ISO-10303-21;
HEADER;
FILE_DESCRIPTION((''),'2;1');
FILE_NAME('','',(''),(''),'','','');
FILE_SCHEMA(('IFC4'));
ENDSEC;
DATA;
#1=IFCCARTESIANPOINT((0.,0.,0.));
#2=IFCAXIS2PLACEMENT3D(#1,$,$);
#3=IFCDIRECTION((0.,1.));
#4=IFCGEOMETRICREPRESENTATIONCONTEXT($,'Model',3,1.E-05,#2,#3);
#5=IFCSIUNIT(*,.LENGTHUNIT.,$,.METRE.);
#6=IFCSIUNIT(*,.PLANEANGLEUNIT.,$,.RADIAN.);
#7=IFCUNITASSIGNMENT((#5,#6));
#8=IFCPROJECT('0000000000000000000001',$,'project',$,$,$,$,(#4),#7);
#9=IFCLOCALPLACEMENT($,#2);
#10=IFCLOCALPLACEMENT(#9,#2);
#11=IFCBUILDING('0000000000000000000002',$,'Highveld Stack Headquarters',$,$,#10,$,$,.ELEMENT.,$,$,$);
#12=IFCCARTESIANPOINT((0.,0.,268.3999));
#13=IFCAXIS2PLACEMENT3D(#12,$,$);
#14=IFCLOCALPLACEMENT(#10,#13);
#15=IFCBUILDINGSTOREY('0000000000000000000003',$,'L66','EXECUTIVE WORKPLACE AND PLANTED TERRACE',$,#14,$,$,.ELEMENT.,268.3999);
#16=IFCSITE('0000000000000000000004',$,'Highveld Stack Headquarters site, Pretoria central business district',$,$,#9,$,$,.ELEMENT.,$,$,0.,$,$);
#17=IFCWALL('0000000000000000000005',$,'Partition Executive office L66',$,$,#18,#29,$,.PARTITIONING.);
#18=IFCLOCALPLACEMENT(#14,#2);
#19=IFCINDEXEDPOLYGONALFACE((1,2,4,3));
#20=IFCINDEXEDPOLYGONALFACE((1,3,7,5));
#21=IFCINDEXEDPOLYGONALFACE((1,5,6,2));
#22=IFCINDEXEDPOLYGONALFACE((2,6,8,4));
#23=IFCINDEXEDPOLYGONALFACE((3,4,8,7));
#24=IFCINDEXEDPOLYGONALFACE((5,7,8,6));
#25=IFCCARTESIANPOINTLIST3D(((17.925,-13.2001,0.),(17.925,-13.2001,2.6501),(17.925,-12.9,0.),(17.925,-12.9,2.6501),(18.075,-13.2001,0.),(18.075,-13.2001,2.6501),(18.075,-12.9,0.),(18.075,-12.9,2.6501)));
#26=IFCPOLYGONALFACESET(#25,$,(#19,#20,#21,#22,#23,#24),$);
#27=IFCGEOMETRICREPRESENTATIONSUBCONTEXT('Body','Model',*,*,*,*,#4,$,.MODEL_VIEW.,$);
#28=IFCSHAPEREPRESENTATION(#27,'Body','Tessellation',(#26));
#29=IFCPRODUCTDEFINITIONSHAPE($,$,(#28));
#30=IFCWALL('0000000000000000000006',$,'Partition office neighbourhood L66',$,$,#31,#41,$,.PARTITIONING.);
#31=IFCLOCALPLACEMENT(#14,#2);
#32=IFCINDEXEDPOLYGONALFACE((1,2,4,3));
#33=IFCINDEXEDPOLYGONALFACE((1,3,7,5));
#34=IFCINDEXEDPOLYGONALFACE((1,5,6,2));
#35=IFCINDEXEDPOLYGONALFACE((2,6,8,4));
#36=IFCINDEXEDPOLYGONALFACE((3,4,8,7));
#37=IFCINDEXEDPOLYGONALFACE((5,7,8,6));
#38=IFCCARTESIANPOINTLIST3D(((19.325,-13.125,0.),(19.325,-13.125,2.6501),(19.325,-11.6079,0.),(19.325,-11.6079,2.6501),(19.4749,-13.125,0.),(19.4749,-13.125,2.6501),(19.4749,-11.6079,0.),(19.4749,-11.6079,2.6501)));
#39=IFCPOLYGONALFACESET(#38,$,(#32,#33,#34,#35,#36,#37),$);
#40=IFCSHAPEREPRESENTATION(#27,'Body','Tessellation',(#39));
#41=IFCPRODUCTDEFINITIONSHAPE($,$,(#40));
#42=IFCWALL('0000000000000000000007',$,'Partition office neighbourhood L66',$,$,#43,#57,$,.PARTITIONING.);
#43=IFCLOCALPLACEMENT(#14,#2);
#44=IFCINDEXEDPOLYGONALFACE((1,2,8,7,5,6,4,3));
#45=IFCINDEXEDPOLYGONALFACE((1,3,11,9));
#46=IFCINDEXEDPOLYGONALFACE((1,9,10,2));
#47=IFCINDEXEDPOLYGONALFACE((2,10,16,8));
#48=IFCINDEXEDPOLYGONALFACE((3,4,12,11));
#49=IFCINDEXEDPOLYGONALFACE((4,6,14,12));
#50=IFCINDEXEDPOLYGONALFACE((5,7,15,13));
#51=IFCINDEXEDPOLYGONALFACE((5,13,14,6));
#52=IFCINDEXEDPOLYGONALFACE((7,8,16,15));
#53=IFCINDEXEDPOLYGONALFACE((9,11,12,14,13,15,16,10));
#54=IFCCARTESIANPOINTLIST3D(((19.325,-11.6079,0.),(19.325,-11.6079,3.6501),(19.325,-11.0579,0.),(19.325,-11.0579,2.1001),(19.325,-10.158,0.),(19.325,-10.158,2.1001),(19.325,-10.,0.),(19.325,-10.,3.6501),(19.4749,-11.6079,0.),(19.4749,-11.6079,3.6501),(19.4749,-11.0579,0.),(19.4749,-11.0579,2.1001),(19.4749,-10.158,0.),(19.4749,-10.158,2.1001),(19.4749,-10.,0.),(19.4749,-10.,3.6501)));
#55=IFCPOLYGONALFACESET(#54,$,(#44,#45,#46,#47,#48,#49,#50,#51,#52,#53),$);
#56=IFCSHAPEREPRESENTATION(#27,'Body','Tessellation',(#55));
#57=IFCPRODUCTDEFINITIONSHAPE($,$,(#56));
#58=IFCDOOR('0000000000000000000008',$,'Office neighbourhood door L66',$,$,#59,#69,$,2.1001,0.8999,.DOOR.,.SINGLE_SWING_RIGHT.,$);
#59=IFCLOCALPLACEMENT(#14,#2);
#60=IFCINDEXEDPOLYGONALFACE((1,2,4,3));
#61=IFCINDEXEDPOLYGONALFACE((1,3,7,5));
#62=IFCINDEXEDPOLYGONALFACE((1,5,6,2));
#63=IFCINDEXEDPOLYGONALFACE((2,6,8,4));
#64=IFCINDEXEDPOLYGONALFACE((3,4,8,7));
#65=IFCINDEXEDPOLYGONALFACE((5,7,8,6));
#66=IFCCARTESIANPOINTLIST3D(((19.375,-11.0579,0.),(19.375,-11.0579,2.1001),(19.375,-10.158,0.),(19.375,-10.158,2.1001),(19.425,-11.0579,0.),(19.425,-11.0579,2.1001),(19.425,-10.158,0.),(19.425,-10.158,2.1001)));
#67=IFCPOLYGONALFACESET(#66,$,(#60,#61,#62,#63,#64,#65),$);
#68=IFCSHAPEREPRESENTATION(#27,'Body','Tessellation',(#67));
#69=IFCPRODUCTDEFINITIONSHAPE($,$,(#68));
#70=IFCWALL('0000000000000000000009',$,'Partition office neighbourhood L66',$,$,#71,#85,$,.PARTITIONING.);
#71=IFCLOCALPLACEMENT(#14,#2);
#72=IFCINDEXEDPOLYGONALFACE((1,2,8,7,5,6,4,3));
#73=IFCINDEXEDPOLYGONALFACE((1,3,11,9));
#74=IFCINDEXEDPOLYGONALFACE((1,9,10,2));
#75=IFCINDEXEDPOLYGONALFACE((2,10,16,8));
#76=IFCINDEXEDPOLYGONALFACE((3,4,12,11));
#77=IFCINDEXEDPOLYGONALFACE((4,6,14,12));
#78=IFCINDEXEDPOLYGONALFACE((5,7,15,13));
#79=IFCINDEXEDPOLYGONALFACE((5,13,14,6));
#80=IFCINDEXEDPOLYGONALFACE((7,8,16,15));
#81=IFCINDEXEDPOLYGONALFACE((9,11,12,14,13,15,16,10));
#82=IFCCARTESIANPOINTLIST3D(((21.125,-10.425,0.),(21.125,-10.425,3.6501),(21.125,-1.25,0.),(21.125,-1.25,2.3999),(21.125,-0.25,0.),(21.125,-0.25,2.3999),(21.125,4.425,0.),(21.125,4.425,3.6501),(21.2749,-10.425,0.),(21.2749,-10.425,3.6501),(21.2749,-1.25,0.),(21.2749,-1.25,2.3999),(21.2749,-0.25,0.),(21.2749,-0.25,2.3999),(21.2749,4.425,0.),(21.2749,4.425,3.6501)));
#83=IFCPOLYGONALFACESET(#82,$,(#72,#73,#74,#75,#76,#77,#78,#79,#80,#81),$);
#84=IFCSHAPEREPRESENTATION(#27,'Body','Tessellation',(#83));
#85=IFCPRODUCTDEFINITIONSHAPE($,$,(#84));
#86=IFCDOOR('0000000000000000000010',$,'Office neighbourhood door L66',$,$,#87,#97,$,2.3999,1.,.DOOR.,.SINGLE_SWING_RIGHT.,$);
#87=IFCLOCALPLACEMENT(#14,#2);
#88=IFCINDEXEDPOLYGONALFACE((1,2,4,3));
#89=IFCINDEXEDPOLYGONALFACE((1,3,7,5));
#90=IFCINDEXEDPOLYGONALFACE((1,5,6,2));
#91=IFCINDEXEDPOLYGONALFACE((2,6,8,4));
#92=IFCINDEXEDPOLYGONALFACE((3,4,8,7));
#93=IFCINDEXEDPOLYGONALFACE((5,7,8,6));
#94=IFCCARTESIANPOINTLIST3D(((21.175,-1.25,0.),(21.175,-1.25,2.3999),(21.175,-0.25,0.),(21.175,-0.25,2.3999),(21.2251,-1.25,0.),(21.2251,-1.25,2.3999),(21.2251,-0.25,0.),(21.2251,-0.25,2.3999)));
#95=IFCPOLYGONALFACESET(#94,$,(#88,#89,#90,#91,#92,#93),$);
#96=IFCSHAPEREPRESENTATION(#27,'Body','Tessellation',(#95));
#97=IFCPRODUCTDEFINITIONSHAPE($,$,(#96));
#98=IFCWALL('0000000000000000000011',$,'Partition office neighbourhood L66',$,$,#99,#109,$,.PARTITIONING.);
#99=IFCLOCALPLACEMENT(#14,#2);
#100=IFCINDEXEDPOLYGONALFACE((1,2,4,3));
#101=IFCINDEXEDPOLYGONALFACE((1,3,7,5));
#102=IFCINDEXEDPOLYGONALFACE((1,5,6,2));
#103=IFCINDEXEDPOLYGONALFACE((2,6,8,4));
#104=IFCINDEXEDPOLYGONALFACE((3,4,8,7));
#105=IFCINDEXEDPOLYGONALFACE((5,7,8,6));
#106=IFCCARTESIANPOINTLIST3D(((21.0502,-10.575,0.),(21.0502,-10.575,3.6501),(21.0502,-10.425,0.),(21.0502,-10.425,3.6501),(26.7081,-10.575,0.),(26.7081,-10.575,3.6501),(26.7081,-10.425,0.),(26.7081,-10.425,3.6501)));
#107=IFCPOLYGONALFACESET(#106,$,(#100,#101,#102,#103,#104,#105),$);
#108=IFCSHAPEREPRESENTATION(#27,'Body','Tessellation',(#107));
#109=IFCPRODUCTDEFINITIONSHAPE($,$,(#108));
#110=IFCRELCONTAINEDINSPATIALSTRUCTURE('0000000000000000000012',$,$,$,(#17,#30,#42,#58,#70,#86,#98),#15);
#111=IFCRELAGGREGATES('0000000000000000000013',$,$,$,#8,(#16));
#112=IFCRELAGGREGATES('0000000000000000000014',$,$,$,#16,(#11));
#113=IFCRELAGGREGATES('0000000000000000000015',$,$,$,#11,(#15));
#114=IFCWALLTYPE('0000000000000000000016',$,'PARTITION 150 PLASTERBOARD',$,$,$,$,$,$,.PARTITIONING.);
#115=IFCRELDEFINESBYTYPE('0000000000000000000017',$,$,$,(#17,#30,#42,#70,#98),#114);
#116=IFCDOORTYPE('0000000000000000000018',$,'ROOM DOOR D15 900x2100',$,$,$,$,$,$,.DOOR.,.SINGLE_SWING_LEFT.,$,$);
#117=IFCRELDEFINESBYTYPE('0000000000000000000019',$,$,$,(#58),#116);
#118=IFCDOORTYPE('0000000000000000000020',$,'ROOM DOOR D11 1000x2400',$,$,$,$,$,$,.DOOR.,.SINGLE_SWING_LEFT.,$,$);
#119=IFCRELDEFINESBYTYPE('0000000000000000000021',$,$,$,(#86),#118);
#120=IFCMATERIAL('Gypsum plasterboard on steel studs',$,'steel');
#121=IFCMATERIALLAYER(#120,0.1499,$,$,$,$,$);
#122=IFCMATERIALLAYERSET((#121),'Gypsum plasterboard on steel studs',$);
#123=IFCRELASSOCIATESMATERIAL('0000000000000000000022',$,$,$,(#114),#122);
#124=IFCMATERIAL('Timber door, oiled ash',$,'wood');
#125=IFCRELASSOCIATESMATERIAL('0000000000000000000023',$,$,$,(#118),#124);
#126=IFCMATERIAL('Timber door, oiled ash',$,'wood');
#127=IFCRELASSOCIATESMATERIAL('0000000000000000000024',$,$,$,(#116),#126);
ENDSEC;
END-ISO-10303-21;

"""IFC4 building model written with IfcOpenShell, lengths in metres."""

from ifc_helpers import new_model, si_unit, direction, frame, frame_2d, origin, place, context, subcontext, project, spatial, rectangle, extrude, material, layer, layer_set, type_object, element, fill, save


model = new_model("IFC4")

# Units and contexts
model_context = context("Model", 3, precision=1e-05, world=origin(), true_north=direction((0.0, 1.0)))
body_context = subcontext(model_context, "Body", "Model", "MODEL_VIEW")
ifc_project = project(units=[si_unit("LENGTHUNIT", "METRE"), si_unit("PLANEANGLEUNIT", "RADIAN")], contexts=[model_context])

# Site, building, storey
site_placement = place(None, origin())
site = spatial("IfcSite", under=ifc_project, at=site_placement, Name="Highveld Stack Headquarters site, Pretoria central business district", CompositionType="ELEMENT", RefElevation=0.0)
building_placement = place(site_placement, origin())
building = spatial("IfcBuilding", under=site, at=building_placement, Name="Highveld Stack Headquarters", CompositionType="ELEMENT")
storey_placement = place(building_placement, frame((0.0, 0.0, 268.3999)))
storey = spatial("IfcBuildingStorey", under=building, at=storey_placement, Name="L66", Description="EXECUTIVE WORKPLACE AND PLANTED TERRACE", CompositionType="ELEMENT", Elevation=268.3999)

# Shared definitions
ifc_material_1 = material(Name="Gypsum plasterboard on steel studs", Category="steel")
ifc_layer_1 = layer(ifc_material_1, 0.1499)
ifc_layer_set_1 = layer_set([ifc_layer_1], Name="Gypsum plasterboard on steel studs")
wall_type_1 = type_object("IfcWallType", Name="PARTITION 150 PLASTERBOARD", PredefinedType="PARTITIONING", material=ifc_layer_set_1)

# Shared definitions
ifc_material_2 = material(Name="Timber door, oiled ash", Category="wood")
door_type_1 = type_object("IfcDoorType", Name="ROOM DOOR D11 1000x2400", OperationType="SINGLE_SWING_LEFT", PredefinedType="DOOR", material=ifc_material_2)

# Walls
wall_1_placement = place(storey_placement, frame((18.0, -13.2, 0.0), z_axis=(0.0, 0.0, 1.0), x_axis=(0.0, 1.0, 0.0)))
element("IfcWall", 1, at=wall_1_placement, inside=storey, type_object=wall_type_1, Name="Partition Executive office L66", PredefinedType="PARTITIONING", context=body_context, shape_type="SweptSolid", body=[
    extrude(rectangle(XDim=0.3, YDim=0.1499, at=frame_2d((0.1499, 0.0))), origin(), (0.0, 0.0, 1.0), 2.6501),
])
wall_2_placement = place(storey_placement, frame((19.3999, -13.125, 0.0), z_axis=(0.0, 0.0, 1.0), x_axis=(0.0, 1.0, 0.0)))
element("IfcWall", 2, at=wall_2_placement, inside=storey, type_object=wall_type_1, Name="Partition office neighbourhood L66", PredefinedType="PARTITIONING", context=body_context, shape_type="SweptSolid", body=[
    extrude(rectangle(XDim=1.5171, YDim=0.1499, at=frame_2d((0.7585, 0.0))), origin(), (0.0, 0.0, 1.0), 2.6501),
])

# Walls, openings, doors
wall_3_placement = place(storey_placement, frame((19.3999, -11.6079, 0.0), z_axis=(0.0, 0.0, 1.0), x_axis=(0.0, 1.0, 0.0)))
wall_3 = element("IfcWall", 3, at=wall_3_placement, inside=storey, type_object=wall_type_1, Name="Partition office neighbourhood L66", PredefinedType="PARTITIONING", context=body_context, shape_type="SweptSolid", body=[
    extrude(rectangle(XDim=1.6079, YDim=0.1499, at=frame_2d((0.804, 0.0))), origin(), (0.0, 0.0, 1.0), 3.6501),
])
opening_1_placement = place(wall_3_placement, frame((0.55, 0.0, 0.0)))
opening_1 = element("IfcOpeningElement", 4, at=opening_1_placement, cuts=wall_3, PredefinedType="OPENING", context=body_context, shape_type="SweptSolid", body=[
    extrude(rectangle(XDim=0.8999, YDim=2.1001, at=frame_2d((0.45, 1.05))), frame((0.0, 0.085, 0.0), z_axis=(0.0, -1.0, 0.0), x_axis=(1.0, 0.0, 0.0)), (0.0, 0.0, 1.0), 0.1699),
])
ifc_material_3 = material(Name="Timber door, oiled ash", Category="wood")
door_type_2 = type_object("IfcDoorType", Name="ROOM DOOR D15 900x2100", OperationType="SINGLE_SWING_LEFT", PredefinedType="DOOR", material=ifc_material_3)
door_1_placement = place(opening_1_placement, origin())
door_1 = element("IfcDoor", 5, at=door_1_placement, inside=storey, type_object=door_type_2, Name="Office neighbourhood door L66", OperationType="SINGLE_SWING_RIGHT", OverallHeight=2.1001, OverallWidth=0.8999, PredefinedType="DOOR", context=body_context, shape_type="SweptSolid", body=[
    extrude(rectangle(XDim=0.8999, YDim=2.1001, at=frame_2d((0.45, 1.05))), frame((0.0, 0.0249, 0.0), z_axis=(0.0, -1.0, 0.0), x_axis=(1.0, 0.0, 0.0)), (0.0, 0.0, 1.0), 0.05),
])
fill(opening_1, door_1)
wall_4_placement = place(storey_placement, frame((21.2, -10.425, 0.0), z_axis=(0.0, 0.0, 1.0), x_axis=(0.0, 1.0, 0.0)))
wall_4 = element("IfcWall", 6, at=wall_4_placement, inside=storey, type_object=wall_type_1, Name="Partition office neighbourhood L66", PredefinedType="PARTITIONING", context=body_context, shape_type="SweptSolid", body=[
    extrude(rectangle(XDim=14.8501, YDim=0.1499, at=frame_2d((7.425, 0.0))), origin(), (0.0, 0.0, 1.0), 3.6501),
])
opening_2_placement = place(wall_4_placement, frame((9.175, 0.0, 0.0)))
opening_2 = element("IfcOpeningElement", 7, at=opening_2_placement, cuts=wall_4, PredefinedType="OPENING", context=body_context, shape_type="SweptSolid", body=[
    extrude(rectangle(XDim=1.0, YDim=2.3999, at=frame_2d((0.5, 1.2))), frame((0.0, 0.085, 0.0), z_axis=(0.0, -1.0, 0.0), x_axis=(1.0, 0.0, 0.0)), (0.0, 0.0, 1.0), 0.1699),
])
door_2_placement = place(opening_2_placement, origin())
door_2 = element("IfcDoor", 8, at=door_2_placement, inside=storey, type_object=door_type_1, Name="Office neighbourhood door L66", OperationType="SINGLE_SWING_RIGHT", OverallHeight=2.3999, OverallWidth=1.0, PredefinedType="DOOR", context=body_context, shape_type="SweptSolid", body=[
    extrude(rectangle(XDim=1.0, YDim=2.3999, at=frame_2d((0.5, 1.2))), frame((0.0, 0.0249, 0.0), z_axis=(0.0, -1.0, 0.0), x_axis=(1.0, 0.0, 0.0)), (0.0, 0.0, 1.0), 0.05),
])
fill(opening_2, door_2)

# Wall
wall_5_placement = place(storey_placement, frame((21.05, -10.5, 0.0), z_axis=(0.0, 0.0, 1.0), x_axis=(1.0, 0.0, 0.0)))
element("IfcWall", 9, at=wall_5_placement, inside=storey, type_object=wall_type_1, Name="Partition office neighbourhood L66", PredefinedType="PARTITIONING", context=body_context, shape_type="SweptSolid", body=[
    extrude(rectangle(XDim=5.658, YDim=0.1499, at=frame_2d((2.8291, 0.0))), origin(), (0.0, 0.0, 1.0), 3.6501),
])

save(model, "model.ifc")
